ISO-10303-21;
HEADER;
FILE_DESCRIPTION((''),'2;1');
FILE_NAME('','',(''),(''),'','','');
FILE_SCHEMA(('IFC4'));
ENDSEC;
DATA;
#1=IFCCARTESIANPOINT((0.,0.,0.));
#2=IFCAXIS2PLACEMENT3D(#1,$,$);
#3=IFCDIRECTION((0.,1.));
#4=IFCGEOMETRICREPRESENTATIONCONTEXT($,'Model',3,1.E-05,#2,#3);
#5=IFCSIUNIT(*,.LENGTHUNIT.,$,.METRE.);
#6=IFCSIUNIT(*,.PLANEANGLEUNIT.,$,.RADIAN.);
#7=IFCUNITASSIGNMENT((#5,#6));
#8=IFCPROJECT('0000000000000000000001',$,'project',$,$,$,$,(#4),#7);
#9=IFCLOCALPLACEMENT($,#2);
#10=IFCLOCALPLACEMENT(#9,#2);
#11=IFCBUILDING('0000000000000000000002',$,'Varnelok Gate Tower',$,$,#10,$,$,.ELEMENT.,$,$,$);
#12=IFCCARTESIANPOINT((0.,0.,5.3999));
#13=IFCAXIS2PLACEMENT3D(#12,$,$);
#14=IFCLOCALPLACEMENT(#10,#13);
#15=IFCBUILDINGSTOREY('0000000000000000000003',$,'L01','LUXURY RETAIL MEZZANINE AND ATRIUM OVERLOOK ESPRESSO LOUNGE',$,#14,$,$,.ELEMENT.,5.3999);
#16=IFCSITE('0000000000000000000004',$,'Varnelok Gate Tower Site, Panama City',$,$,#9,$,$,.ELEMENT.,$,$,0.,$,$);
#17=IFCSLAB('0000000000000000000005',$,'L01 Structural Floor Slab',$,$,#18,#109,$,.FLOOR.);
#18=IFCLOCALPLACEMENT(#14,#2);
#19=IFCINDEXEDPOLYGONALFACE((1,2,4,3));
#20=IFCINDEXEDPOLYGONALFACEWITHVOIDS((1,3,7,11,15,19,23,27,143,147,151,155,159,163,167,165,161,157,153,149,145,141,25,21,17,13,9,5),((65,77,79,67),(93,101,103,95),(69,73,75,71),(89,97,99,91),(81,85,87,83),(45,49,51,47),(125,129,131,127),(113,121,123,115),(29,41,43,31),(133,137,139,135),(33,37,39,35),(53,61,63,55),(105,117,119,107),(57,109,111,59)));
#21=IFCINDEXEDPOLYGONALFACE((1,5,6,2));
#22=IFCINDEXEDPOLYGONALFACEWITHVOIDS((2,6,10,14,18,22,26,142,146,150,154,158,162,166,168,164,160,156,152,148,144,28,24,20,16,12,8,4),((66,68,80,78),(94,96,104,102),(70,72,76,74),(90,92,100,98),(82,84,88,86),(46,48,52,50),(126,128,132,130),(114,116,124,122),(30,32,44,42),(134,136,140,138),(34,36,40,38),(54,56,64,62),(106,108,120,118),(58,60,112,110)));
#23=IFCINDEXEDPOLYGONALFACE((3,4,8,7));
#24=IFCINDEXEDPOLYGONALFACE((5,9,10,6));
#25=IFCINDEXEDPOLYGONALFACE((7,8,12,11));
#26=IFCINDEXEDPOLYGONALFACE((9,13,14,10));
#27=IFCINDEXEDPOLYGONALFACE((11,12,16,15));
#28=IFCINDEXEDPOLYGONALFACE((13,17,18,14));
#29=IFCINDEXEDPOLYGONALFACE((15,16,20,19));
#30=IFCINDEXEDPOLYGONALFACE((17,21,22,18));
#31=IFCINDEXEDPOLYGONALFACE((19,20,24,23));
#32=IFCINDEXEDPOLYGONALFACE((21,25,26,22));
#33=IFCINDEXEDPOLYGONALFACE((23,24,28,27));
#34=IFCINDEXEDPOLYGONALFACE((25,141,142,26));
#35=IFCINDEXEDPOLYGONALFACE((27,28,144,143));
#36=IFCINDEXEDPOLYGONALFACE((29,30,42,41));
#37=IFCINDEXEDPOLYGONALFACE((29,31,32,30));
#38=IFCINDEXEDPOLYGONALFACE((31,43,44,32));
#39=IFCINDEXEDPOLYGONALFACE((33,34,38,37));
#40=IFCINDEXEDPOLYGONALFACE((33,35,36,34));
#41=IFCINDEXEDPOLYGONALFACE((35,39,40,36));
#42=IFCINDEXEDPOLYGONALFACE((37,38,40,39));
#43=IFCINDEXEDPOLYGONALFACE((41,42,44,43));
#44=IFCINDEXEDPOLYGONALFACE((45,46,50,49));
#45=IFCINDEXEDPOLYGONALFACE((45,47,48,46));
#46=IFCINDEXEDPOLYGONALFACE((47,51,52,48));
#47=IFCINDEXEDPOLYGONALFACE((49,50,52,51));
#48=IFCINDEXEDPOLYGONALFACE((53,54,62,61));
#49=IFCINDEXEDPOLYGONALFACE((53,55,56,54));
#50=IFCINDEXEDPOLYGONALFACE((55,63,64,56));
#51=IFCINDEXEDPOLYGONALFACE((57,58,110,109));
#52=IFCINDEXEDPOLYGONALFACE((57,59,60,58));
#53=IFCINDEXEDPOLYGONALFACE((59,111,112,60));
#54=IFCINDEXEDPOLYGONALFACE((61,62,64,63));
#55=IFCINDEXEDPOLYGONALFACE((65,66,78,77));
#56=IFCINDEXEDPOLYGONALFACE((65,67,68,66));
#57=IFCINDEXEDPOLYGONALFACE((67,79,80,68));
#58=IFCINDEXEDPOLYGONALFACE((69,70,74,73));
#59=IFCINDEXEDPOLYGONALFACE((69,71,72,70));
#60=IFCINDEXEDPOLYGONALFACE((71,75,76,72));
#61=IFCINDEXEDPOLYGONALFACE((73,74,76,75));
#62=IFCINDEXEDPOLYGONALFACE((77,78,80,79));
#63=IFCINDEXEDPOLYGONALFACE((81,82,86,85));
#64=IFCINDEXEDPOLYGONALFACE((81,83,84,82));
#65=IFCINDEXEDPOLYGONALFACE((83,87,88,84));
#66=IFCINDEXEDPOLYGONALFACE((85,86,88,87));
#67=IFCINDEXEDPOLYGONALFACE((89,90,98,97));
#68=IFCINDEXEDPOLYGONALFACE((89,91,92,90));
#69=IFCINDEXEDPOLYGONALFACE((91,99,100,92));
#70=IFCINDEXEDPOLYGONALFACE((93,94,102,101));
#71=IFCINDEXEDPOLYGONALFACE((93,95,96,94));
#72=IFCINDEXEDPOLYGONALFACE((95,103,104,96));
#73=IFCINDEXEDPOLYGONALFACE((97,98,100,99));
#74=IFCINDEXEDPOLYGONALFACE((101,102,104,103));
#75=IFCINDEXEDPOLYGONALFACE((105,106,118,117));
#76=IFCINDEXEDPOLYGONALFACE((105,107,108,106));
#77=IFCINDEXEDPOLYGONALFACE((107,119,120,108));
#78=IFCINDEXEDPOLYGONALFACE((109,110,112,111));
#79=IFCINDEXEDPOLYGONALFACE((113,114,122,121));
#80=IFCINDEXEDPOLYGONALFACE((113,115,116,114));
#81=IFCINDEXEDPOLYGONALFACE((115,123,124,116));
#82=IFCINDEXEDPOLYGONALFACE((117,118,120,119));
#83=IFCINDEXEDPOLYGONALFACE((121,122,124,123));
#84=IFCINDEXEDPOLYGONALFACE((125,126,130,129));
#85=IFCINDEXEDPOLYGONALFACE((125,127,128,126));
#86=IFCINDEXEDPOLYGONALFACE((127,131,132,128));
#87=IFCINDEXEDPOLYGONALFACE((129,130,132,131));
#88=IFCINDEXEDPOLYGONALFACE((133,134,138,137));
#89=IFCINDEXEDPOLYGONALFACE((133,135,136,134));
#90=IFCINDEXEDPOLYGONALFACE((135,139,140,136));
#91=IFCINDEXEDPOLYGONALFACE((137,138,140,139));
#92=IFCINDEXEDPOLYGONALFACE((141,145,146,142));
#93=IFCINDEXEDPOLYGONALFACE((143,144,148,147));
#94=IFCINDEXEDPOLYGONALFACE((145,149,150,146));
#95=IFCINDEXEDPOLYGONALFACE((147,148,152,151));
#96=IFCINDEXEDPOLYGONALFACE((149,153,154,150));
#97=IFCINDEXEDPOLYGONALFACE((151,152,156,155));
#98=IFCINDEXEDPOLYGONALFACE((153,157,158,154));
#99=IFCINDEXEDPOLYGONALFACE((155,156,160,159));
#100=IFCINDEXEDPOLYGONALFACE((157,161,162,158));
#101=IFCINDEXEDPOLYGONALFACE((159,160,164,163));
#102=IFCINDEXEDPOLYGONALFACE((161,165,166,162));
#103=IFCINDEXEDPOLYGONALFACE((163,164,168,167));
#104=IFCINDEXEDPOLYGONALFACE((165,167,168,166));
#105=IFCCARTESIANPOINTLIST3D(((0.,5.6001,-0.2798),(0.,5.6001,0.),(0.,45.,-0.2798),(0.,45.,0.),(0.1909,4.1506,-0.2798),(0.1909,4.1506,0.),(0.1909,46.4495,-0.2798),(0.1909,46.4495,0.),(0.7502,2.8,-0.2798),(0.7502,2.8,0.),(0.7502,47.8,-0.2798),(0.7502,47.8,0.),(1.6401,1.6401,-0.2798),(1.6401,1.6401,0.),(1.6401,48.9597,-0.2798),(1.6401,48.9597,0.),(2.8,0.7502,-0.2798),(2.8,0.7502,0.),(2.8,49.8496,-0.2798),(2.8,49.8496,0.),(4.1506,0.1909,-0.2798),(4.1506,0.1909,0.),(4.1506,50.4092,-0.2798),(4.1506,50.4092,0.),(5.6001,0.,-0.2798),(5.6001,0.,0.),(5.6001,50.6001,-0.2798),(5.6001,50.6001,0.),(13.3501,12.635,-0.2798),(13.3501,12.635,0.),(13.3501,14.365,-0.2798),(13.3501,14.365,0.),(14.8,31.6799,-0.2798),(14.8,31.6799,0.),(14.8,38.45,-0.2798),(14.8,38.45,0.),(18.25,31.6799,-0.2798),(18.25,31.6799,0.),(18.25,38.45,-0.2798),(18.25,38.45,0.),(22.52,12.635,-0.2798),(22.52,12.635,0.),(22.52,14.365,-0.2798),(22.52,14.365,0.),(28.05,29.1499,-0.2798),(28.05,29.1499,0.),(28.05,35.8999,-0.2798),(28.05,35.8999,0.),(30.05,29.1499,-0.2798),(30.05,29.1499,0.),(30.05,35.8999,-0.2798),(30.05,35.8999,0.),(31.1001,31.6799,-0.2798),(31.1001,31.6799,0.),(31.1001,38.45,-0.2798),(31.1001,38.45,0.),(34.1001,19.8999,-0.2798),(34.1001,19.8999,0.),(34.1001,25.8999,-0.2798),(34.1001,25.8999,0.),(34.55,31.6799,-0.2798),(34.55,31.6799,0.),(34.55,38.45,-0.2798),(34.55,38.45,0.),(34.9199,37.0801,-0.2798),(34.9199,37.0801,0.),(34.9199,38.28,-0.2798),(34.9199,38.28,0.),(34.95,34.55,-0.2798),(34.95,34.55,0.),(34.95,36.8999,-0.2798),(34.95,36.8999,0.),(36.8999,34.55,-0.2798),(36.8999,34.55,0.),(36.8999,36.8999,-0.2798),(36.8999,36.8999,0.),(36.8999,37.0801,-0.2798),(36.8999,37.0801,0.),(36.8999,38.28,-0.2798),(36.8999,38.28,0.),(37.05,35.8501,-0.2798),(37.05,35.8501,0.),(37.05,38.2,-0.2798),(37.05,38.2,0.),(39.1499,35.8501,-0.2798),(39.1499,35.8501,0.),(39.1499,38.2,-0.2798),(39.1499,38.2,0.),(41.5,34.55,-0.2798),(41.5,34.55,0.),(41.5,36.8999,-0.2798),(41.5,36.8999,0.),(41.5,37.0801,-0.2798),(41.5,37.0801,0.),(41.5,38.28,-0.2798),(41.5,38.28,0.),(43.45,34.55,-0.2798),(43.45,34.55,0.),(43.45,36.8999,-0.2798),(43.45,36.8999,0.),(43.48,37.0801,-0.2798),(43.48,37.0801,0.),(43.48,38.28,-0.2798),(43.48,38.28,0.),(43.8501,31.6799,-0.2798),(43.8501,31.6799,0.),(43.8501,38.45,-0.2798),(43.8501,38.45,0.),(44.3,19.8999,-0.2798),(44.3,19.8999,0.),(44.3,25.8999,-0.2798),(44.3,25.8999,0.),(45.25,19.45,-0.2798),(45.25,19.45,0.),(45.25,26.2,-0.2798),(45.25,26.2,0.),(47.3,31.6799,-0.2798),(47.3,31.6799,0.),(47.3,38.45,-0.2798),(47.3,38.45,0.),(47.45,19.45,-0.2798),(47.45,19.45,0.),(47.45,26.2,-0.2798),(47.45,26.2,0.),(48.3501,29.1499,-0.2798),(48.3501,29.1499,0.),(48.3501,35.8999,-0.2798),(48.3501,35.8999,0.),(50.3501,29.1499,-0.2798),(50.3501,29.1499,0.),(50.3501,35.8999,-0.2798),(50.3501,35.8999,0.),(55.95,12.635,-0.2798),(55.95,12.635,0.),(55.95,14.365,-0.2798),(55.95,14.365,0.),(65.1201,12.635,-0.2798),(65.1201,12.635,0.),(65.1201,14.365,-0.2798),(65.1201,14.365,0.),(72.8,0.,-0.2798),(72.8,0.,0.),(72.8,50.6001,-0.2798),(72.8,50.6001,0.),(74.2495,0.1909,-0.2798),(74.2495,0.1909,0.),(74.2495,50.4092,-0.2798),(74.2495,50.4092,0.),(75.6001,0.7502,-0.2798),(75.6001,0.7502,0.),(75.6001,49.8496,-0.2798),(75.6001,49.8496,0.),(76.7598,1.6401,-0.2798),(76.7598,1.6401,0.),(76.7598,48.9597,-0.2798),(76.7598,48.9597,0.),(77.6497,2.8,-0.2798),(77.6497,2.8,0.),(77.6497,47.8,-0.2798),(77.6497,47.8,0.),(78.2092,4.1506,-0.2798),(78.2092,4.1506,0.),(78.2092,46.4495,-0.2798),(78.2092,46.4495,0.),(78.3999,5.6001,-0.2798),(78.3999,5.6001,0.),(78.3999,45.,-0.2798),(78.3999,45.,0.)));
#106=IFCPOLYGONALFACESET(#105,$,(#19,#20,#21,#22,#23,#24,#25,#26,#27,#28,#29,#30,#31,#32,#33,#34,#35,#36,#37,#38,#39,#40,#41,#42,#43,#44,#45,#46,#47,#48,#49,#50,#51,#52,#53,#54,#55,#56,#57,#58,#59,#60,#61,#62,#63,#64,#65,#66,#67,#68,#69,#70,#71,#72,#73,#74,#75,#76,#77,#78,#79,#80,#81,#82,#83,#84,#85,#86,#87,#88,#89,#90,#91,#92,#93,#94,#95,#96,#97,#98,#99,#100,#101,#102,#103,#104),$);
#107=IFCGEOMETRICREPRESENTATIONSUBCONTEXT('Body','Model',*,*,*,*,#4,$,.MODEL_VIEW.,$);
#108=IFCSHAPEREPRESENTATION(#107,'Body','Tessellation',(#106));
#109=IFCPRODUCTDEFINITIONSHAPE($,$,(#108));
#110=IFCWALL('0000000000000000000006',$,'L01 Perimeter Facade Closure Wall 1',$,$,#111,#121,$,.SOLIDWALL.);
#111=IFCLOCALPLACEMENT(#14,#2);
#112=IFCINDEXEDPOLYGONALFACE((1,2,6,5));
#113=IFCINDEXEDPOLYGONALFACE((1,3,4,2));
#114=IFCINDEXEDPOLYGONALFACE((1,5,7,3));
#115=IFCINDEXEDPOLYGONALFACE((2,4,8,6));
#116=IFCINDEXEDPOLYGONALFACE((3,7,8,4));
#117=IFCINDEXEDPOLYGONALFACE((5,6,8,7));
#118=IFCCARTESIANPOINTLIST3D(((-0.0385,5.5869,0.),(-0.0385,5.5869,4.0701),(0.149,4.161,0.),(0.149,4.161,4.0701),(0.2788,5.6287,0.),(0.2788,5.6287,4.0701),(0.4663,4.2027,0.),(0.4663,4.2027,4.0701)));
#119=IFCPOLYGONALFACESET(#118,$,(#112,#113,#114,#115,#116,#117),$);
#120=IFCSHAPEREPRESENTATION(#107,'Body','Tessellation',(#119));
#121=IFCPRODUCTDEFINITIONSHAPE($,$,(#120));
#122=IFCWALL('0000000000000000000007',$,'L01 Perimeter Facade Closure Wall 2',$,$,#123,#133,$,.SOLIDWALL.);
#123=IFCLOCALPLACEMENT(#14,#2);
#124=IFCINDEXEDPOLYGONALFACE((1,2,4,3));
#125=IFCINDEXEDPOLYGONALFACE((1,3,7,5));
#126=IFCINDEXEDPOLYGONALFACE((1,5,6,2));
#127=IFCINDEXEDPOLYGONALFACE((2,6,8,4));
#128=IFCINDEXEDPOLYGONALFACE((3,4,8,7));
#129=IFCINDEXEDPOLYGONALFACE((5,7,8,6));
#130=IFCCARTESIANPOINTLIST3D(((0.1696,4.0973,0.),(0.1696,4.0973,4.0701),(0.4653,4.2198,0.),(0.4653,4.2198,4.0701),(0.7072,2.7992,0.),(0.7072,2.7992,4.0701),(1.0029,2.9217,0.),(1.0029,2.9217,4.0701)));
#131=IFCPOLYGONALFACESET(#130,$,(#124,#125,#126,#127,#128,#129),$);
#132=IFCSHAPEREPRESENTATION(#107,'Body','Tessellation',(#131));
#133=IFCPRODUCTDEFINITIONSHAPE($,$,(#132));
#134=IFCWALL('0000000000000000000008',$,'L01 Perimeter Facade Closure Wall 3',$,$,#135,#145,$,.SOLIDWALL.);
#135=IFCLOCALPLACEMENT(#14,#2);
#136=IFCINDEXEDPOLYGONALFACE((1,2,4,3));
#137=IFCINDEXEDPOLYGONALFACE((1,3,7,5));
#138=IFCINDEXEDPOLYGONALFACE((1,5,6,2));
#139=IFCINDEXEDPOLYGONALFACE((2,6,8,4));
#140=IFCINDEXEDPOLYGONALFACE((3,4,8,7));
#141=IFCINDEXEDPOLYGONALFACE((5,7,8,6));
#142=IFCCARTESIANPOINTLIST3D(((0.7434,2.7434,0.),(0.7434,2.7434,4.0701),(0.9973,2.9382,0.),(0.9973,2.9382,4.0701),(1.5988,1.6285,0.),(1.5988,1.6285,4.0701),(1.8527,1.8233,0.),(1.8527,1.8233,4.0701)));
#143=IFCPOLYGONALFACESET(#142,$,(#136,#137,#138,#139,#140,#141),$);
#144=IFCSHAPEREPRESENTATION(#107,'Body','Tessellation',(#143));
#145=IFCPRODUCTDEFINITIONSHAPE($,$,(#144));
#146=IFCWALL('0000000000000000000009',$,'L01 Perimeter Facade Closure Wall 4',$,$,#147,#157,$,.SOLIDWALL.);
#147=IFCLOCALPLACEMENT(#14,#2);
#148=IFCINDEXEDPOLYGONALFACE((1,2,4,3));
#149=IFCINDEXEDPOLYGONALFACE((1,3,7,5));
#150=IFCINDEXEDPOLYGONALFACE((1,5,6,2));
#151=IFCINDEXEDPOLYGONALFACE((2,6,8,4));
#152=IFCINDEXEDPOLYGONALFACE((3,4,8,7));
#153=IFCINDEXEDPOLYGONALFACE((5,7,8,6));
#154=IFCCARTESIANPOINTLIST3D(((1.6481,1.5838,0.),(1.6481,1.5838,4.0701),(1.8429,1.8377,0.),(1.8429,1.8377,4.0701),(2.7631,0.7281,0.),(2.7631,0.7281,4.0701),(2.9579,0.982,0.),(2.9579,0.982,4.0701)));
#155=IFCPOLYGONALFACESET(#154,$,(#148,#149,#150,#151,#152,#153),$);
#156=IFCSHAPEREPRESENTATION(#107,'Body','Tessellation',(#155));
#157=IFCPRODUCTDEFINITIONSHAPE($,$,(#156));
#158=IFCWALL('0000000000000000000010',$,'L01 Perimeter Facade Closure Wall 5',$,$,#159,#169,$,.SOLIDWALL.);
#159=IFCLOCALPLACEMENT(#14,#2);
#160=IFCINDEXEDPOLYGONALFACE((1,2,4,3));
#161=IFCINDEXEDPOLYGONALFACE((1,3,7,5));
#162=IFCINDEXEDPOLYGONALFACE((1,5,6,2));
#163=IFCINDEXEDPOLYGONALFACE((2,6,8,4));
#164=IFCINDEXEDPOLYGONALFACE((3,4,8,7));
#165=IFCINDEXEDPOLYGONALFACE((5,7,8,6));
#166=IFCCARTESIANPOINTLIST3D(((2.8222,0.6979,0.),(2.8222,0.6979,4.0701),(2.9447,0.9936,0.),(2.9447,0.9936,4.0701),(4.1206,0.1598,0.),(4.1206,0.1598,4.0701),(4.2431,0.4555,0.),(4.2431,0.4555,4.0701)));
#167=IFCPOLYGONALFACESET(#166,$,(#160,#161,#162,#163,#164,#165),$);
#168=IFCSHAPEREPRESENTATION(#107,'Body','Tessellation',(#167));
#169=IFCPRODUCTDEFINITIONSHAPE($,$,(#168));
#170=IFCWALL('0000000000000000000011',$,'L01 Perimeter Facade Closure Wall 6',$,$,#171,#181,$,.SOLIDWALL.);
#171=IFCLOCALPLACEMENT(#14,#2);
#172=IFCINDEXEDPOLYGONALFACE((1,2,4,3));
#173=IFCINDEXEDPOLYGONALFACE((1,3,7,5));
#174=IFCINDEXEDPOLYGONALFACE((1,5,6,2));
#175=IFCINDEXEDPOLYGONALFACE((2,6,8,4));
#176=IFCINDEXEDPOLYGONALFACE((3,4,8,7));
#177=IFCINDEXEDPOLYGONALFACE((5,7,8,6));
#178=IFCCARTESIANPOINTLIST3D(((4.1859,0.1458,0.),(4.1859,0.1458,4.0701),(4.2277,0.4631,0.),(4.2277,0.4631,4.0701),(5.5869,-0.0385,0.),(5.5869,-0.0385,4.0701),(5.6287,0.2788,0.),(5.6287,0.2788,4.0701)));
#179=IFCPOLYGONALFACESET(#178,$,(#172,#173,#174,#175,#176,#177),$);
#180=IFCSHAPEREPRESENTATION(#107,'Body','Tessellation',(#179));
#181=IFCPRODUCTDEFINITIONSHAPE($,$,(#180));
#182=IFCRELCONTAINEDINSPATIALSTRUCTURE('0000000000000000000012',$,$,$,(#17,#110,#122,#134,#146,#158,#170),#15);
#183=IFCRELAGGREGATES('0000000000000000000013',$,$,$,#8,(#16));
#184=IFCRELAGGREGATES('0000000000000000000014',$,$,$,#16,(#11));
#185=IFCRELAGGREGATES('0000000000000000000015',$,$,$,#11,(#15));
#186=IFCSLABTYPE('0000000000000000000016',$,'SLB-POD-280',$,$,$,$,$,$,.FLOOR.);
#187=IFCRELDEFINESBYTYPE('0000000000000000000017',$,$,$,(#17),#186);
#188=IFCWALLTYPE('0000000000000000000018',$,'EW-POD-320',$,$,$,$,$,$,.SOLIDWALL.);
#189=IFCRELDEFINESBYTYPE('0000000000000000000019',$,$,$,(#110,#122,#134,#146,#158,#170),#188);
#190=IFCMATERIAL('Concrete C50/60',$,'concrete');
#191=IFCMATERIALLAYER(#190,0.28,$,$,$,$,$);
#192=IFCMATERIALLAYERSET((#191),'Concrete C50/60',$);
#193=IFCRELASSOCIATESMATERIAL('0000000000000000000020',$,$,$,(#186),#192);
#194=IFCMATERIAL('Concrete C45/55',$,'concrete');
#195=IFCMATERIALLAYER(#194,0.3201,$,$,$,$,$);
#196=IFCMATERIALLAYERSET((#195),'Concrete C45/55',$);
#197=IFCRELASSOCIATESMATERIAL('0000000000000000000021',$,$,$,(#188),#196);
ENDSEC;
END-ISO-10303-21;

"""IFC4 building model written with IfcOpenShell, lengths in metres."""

from ifc_helpers import new_model, si_unit, direction, frame, frame_2d, origin, place, context, subcontext, project, spatial, polyline, rectangle, outline, extrude, material, layer, layer_set, type_object, element, save


model = new_model("IFC4")

# Units and contexts
model_context = context("Model", 3, precision=1e-05, world=origin(), true_north=direction((0.0, 1.0)))
body_context = subcontext(model_context, "Body", "Model", "MODEL_VIEW")
ifc_project = project(units=[si_unit("LENGTHUNIT", "METRE"), si_unit("PLANEANGLEUNIT", "RADIAN")], contexts=[model_context])

# Site, building, storey
site_placement = place(None, origin())
site = spatial("IfcSite", under=ifc_project, at=site_placement, Name="Varnelok Gate Tower Site, Panama City", CompositionType="ELEMENT", RefElevation=0.0)
building_placement = place(site_placement, origin())
building = spatial("IfcBuilding", under=site, at=building_placement, Name="Varnelok Gate Tower", CompositionType="ELEMENT")
storey_placement = place(building_placement, frame((0.0, 0.0, 5.3999)))
storey = spatial("IfcBuildingStorey", under=building, at=storey_placement, Name="L01", Description="LUXURY RETAIL MEZZANINE AND ATRIUM OVERLOOK ESPRESSO LOUNGE", CompositionType="ELEMENT", Elevation=5.3999)

# Shared definitions
ifc_material_1 = material(Name="Concrete C50/60", Category="concrete")
ifc_material_2 = material(Name="Concrete C45/55", Category="concrete")

# Slab
ifc_layer_1 = layer(ifc_material_1, 0.28)
ifc_layer_set_1 = layer_set([ifc_layer_1], Name="Concrete C50/60")
slab_type_1 = type_object("IfcSlabType", Name="SLB-POD-280", PredefinedType="FLOOR", material=ifc_layer_set_1)
slab_1_placement = place(storey_placement, frame((0.0, 0.0, -0.2798)))
element("IfcSlab", 1, at=slab_1_placement, inside=storey, type_object=slab_type_1, Name="L01 Structural Floor Slab", PredefinedType="FLOOR", context=body_context, shape_type="SweptSolid", body=[
    extrude(outline(polyline([(0.0, 5.6001), (0.1909, 4.1506), (0.7502, 2.8), (1.6401, 1.6401), (2.8, 0.7502), (4.1506, 0.1909), (5.6001, 0.0), (72.8, 0.0), (74.2495, 0.1909), (75.6001, 0.7502), (76.7598, 1.6401), (77.6497, 2.8), (78.2092, 4.1506), (78.3999, 5.6001), (78.3999, 45.0), (78.2092, 46.4495), (77.6497, 47.8), (76.7598, 48.9597), (75.6001, 49.8496), (74.2495, 50.4092), (72.8, 50.6001), (5.6001, 50.6001), (4.1506, 50.4092), (2.8, 49.8496), (1.6401, 48.9597), (0.7502, 47.8), (0.1909, 46.4495), (0.0, 45.0), (0.0, 5.6001)]), holes=[polyline([(34.55, 31.6799), (34.55, 38.45), (31.1001, 38.45), (31.1001, 31.6799), (34.55, 31.6799)]), polyline([(47.3, 31.6799), (47.3, 38.45), (43.8501, 38.45), (43.8501, 31.6799), (47.3, 31.6799)]), polyline([(18.25, 31.6799), (18.25, 38.45), (14.8, 38.45), (14.8, 31.6799), (18.25, 31.6799)]), polyline([(13.3501, 12.635), (22.52, 12.635), (22.52, 14.365), (13.3501, 14.365), (13.3501, 12.635)]), polyline([(55.95, 12.635), (65.1201, 12.635), (65.1201, 14.365), (55.95, 14.365), (55.95, 12.635)]), polyline([(34.95, 34.55), (36.8999, 34.55), (36.8999, 36.8999), (34.95, 36.8999), (34.95, 34.55)]), polyline([(41.5, 34.55), (43.45, 34.55), (43.45, 36.8999), (41.5, 36.8999), (41.5, 34.55)]), polyline([(37.05, 35.8501), (39.1499, 35.8501), (39.1499, 38.2), (37.05, 38.2), (37.05, 35.8501)]), polyline([(28.05, 29.1499), (30.05, 29.1499), (30.05, 35.8999), (28.05, 35.8999), (28.05, 29.1499)]), polyline([(48.3501, 29.1499), (50.3501, 29.1499), (50.3501, 35.8999), (48.3501, 35.8999), (48.3501, 29.1499)]), polyline([(45.25, 19.45), (47.45, 19.45), (47.45, 26.2), (45.25, 26.2), (45.25, 19.45)]), polyline([(34.9199, 37.0801), (36.8999, 37.0801), (36.8999, 38.28), (34.9199, 38.28), (34.9199, 37.0801)]), polyline([(41.5, 37.0801), (43.48, 37.0801), (43.48, 38.28), (41.5, 38.28), (41.5, 37.0801)]), polyline([(34.1001, 19.8999), (44.3, 19.8999), (44.3, 25.8999), (34.1001, 25.8999), (34.1001, 19.8999)])]), origin(), (0.0, 0.0, 1.0), 0.2798),
])

# Walls
ifc_layer_2 = layer(ifc_material_2, 0.3201)
ifc_layer_set_2 = layer_set([ifc_layer_2], Name="Concrete C45/55")
wall_type = type_object("IfcWallType", Name="EW-POD-320", PredefinedType="SOLIDWALL", material=ifc_layer_set_2)
wall_1_placement = place(storey_placement, frame((0.1201, 5.6079, 0.0), z_axis=(0.0, 0.0, 1.0), x_axis=(0.130362, -0.991466, 0.0)))
element("IfcWall", 2, at=wall_1_placement, inside=storey, type_object=wall_type, Name="L01 Perimeter Facade Closure Wall 1", PredefinedType="SOLIDWALL", context=body_context, shape_type="SweptSolid", body=[
    extrude(rectangle(XDim=1.4382, YDim=0.3201, at=frame_2d((0.7192, 0.0))), origin(), (0.0, 0.0, 1.0), 4.0701),
])
wall_2_placement = place(storey_placement, frame((0.3174, 4.1587, 0.0), z_axis=(0.0, 0.0, 1.0), x_axis=(0.382628, -0.923902, 0.0)))
element("IfcWall", 3, at=wall_2_placement, inside=storey, type_object=wall_type, Name="L01 Perimeter Facade Closure Wall 2", PredefinedType="SOLIDWALL", context=body_context, shape_type="SweptSolid", body=[
    extrude(rectangle(XDim=1.405, YDim=0.3201, at=frame_2d((0.7026, 0.0))), origin(), (0.0, 0.0, 1.0), 4.0701),
])
wall_3_placement = place(storey_placement, frame((0.8704, 2.8408, 0.0), z_axis=(0.0, 0.0, 1.0), x_axis=(0.60872, -0.793385, 0.0)))
element("IfcWall", 4, at=wall_3_placement, inside=storey, type_object=wall_type, Name="L01 Perimeter Facade Closure Wall 3", PredefinedType="SOLIDWALL", context=body_context, shape_type="SweptSolid", body=[
    extrude(rectangle(XDim=1.4053, YDim=0.3201, at=frame_2d((0.7026, 0.0))), origin(), (0.0, 0.0, 1.0), 4.0701),
])
for number, where, z_axis, x_axis, name in (
    (5, (1.7456, 1.7107, 0.0), (0.0, 0.0, 1.0), (0.793302, -0.608829, 0.0), "L01 Perimeter Facade Closure Wall 4"),
    (6, (2.8835, 0.8457, 0.0), (0.0, 0.0, 1.0), (0.923805, -0.382863, 0.0), "L01 Perimeter Facade Closure Wall 5"),
):
    element("IfcWall", number, at=place(storey_placement, frame(where, z_axis=z_axis, x_axis=x_axis)), inside=storey, type_object=wall_type, Name=name, PredefinedType="SOLIDWALL", context=body_context, shape_type="SweptSolid", body=[
        extrude(rectangle(XDim=1.4055, YDim=0.3201, at=frame_2d((0.7026, 0.0))), origin(), (0.0, 0.0, 1.0), 4.0701),
    ])
wall_4_placement = place(storey_placement, frame((4.2068, 0.3044, 0.0), z_axis=(0.0, 0.0, 1.0), x_axis=(0.991457, -0.130432, 0.0)))
element("IfcWall", 7, at=wall_4_placement, inside=storey, type_object=wall_type, Name="L01 Perimeter Facade Closure Wall 6", PredefinedType="SOLIDWALL", context=body_context, shape_type="SweptSolid", body=[
    extrude(rectangle(XDim=1.4131, YDim=0.3201, at=frame_2d((0.7065, 0.0))), origin(), (0.0, 0.0, 1.0), 4.0701),
])

save(model, "model.ifc")
